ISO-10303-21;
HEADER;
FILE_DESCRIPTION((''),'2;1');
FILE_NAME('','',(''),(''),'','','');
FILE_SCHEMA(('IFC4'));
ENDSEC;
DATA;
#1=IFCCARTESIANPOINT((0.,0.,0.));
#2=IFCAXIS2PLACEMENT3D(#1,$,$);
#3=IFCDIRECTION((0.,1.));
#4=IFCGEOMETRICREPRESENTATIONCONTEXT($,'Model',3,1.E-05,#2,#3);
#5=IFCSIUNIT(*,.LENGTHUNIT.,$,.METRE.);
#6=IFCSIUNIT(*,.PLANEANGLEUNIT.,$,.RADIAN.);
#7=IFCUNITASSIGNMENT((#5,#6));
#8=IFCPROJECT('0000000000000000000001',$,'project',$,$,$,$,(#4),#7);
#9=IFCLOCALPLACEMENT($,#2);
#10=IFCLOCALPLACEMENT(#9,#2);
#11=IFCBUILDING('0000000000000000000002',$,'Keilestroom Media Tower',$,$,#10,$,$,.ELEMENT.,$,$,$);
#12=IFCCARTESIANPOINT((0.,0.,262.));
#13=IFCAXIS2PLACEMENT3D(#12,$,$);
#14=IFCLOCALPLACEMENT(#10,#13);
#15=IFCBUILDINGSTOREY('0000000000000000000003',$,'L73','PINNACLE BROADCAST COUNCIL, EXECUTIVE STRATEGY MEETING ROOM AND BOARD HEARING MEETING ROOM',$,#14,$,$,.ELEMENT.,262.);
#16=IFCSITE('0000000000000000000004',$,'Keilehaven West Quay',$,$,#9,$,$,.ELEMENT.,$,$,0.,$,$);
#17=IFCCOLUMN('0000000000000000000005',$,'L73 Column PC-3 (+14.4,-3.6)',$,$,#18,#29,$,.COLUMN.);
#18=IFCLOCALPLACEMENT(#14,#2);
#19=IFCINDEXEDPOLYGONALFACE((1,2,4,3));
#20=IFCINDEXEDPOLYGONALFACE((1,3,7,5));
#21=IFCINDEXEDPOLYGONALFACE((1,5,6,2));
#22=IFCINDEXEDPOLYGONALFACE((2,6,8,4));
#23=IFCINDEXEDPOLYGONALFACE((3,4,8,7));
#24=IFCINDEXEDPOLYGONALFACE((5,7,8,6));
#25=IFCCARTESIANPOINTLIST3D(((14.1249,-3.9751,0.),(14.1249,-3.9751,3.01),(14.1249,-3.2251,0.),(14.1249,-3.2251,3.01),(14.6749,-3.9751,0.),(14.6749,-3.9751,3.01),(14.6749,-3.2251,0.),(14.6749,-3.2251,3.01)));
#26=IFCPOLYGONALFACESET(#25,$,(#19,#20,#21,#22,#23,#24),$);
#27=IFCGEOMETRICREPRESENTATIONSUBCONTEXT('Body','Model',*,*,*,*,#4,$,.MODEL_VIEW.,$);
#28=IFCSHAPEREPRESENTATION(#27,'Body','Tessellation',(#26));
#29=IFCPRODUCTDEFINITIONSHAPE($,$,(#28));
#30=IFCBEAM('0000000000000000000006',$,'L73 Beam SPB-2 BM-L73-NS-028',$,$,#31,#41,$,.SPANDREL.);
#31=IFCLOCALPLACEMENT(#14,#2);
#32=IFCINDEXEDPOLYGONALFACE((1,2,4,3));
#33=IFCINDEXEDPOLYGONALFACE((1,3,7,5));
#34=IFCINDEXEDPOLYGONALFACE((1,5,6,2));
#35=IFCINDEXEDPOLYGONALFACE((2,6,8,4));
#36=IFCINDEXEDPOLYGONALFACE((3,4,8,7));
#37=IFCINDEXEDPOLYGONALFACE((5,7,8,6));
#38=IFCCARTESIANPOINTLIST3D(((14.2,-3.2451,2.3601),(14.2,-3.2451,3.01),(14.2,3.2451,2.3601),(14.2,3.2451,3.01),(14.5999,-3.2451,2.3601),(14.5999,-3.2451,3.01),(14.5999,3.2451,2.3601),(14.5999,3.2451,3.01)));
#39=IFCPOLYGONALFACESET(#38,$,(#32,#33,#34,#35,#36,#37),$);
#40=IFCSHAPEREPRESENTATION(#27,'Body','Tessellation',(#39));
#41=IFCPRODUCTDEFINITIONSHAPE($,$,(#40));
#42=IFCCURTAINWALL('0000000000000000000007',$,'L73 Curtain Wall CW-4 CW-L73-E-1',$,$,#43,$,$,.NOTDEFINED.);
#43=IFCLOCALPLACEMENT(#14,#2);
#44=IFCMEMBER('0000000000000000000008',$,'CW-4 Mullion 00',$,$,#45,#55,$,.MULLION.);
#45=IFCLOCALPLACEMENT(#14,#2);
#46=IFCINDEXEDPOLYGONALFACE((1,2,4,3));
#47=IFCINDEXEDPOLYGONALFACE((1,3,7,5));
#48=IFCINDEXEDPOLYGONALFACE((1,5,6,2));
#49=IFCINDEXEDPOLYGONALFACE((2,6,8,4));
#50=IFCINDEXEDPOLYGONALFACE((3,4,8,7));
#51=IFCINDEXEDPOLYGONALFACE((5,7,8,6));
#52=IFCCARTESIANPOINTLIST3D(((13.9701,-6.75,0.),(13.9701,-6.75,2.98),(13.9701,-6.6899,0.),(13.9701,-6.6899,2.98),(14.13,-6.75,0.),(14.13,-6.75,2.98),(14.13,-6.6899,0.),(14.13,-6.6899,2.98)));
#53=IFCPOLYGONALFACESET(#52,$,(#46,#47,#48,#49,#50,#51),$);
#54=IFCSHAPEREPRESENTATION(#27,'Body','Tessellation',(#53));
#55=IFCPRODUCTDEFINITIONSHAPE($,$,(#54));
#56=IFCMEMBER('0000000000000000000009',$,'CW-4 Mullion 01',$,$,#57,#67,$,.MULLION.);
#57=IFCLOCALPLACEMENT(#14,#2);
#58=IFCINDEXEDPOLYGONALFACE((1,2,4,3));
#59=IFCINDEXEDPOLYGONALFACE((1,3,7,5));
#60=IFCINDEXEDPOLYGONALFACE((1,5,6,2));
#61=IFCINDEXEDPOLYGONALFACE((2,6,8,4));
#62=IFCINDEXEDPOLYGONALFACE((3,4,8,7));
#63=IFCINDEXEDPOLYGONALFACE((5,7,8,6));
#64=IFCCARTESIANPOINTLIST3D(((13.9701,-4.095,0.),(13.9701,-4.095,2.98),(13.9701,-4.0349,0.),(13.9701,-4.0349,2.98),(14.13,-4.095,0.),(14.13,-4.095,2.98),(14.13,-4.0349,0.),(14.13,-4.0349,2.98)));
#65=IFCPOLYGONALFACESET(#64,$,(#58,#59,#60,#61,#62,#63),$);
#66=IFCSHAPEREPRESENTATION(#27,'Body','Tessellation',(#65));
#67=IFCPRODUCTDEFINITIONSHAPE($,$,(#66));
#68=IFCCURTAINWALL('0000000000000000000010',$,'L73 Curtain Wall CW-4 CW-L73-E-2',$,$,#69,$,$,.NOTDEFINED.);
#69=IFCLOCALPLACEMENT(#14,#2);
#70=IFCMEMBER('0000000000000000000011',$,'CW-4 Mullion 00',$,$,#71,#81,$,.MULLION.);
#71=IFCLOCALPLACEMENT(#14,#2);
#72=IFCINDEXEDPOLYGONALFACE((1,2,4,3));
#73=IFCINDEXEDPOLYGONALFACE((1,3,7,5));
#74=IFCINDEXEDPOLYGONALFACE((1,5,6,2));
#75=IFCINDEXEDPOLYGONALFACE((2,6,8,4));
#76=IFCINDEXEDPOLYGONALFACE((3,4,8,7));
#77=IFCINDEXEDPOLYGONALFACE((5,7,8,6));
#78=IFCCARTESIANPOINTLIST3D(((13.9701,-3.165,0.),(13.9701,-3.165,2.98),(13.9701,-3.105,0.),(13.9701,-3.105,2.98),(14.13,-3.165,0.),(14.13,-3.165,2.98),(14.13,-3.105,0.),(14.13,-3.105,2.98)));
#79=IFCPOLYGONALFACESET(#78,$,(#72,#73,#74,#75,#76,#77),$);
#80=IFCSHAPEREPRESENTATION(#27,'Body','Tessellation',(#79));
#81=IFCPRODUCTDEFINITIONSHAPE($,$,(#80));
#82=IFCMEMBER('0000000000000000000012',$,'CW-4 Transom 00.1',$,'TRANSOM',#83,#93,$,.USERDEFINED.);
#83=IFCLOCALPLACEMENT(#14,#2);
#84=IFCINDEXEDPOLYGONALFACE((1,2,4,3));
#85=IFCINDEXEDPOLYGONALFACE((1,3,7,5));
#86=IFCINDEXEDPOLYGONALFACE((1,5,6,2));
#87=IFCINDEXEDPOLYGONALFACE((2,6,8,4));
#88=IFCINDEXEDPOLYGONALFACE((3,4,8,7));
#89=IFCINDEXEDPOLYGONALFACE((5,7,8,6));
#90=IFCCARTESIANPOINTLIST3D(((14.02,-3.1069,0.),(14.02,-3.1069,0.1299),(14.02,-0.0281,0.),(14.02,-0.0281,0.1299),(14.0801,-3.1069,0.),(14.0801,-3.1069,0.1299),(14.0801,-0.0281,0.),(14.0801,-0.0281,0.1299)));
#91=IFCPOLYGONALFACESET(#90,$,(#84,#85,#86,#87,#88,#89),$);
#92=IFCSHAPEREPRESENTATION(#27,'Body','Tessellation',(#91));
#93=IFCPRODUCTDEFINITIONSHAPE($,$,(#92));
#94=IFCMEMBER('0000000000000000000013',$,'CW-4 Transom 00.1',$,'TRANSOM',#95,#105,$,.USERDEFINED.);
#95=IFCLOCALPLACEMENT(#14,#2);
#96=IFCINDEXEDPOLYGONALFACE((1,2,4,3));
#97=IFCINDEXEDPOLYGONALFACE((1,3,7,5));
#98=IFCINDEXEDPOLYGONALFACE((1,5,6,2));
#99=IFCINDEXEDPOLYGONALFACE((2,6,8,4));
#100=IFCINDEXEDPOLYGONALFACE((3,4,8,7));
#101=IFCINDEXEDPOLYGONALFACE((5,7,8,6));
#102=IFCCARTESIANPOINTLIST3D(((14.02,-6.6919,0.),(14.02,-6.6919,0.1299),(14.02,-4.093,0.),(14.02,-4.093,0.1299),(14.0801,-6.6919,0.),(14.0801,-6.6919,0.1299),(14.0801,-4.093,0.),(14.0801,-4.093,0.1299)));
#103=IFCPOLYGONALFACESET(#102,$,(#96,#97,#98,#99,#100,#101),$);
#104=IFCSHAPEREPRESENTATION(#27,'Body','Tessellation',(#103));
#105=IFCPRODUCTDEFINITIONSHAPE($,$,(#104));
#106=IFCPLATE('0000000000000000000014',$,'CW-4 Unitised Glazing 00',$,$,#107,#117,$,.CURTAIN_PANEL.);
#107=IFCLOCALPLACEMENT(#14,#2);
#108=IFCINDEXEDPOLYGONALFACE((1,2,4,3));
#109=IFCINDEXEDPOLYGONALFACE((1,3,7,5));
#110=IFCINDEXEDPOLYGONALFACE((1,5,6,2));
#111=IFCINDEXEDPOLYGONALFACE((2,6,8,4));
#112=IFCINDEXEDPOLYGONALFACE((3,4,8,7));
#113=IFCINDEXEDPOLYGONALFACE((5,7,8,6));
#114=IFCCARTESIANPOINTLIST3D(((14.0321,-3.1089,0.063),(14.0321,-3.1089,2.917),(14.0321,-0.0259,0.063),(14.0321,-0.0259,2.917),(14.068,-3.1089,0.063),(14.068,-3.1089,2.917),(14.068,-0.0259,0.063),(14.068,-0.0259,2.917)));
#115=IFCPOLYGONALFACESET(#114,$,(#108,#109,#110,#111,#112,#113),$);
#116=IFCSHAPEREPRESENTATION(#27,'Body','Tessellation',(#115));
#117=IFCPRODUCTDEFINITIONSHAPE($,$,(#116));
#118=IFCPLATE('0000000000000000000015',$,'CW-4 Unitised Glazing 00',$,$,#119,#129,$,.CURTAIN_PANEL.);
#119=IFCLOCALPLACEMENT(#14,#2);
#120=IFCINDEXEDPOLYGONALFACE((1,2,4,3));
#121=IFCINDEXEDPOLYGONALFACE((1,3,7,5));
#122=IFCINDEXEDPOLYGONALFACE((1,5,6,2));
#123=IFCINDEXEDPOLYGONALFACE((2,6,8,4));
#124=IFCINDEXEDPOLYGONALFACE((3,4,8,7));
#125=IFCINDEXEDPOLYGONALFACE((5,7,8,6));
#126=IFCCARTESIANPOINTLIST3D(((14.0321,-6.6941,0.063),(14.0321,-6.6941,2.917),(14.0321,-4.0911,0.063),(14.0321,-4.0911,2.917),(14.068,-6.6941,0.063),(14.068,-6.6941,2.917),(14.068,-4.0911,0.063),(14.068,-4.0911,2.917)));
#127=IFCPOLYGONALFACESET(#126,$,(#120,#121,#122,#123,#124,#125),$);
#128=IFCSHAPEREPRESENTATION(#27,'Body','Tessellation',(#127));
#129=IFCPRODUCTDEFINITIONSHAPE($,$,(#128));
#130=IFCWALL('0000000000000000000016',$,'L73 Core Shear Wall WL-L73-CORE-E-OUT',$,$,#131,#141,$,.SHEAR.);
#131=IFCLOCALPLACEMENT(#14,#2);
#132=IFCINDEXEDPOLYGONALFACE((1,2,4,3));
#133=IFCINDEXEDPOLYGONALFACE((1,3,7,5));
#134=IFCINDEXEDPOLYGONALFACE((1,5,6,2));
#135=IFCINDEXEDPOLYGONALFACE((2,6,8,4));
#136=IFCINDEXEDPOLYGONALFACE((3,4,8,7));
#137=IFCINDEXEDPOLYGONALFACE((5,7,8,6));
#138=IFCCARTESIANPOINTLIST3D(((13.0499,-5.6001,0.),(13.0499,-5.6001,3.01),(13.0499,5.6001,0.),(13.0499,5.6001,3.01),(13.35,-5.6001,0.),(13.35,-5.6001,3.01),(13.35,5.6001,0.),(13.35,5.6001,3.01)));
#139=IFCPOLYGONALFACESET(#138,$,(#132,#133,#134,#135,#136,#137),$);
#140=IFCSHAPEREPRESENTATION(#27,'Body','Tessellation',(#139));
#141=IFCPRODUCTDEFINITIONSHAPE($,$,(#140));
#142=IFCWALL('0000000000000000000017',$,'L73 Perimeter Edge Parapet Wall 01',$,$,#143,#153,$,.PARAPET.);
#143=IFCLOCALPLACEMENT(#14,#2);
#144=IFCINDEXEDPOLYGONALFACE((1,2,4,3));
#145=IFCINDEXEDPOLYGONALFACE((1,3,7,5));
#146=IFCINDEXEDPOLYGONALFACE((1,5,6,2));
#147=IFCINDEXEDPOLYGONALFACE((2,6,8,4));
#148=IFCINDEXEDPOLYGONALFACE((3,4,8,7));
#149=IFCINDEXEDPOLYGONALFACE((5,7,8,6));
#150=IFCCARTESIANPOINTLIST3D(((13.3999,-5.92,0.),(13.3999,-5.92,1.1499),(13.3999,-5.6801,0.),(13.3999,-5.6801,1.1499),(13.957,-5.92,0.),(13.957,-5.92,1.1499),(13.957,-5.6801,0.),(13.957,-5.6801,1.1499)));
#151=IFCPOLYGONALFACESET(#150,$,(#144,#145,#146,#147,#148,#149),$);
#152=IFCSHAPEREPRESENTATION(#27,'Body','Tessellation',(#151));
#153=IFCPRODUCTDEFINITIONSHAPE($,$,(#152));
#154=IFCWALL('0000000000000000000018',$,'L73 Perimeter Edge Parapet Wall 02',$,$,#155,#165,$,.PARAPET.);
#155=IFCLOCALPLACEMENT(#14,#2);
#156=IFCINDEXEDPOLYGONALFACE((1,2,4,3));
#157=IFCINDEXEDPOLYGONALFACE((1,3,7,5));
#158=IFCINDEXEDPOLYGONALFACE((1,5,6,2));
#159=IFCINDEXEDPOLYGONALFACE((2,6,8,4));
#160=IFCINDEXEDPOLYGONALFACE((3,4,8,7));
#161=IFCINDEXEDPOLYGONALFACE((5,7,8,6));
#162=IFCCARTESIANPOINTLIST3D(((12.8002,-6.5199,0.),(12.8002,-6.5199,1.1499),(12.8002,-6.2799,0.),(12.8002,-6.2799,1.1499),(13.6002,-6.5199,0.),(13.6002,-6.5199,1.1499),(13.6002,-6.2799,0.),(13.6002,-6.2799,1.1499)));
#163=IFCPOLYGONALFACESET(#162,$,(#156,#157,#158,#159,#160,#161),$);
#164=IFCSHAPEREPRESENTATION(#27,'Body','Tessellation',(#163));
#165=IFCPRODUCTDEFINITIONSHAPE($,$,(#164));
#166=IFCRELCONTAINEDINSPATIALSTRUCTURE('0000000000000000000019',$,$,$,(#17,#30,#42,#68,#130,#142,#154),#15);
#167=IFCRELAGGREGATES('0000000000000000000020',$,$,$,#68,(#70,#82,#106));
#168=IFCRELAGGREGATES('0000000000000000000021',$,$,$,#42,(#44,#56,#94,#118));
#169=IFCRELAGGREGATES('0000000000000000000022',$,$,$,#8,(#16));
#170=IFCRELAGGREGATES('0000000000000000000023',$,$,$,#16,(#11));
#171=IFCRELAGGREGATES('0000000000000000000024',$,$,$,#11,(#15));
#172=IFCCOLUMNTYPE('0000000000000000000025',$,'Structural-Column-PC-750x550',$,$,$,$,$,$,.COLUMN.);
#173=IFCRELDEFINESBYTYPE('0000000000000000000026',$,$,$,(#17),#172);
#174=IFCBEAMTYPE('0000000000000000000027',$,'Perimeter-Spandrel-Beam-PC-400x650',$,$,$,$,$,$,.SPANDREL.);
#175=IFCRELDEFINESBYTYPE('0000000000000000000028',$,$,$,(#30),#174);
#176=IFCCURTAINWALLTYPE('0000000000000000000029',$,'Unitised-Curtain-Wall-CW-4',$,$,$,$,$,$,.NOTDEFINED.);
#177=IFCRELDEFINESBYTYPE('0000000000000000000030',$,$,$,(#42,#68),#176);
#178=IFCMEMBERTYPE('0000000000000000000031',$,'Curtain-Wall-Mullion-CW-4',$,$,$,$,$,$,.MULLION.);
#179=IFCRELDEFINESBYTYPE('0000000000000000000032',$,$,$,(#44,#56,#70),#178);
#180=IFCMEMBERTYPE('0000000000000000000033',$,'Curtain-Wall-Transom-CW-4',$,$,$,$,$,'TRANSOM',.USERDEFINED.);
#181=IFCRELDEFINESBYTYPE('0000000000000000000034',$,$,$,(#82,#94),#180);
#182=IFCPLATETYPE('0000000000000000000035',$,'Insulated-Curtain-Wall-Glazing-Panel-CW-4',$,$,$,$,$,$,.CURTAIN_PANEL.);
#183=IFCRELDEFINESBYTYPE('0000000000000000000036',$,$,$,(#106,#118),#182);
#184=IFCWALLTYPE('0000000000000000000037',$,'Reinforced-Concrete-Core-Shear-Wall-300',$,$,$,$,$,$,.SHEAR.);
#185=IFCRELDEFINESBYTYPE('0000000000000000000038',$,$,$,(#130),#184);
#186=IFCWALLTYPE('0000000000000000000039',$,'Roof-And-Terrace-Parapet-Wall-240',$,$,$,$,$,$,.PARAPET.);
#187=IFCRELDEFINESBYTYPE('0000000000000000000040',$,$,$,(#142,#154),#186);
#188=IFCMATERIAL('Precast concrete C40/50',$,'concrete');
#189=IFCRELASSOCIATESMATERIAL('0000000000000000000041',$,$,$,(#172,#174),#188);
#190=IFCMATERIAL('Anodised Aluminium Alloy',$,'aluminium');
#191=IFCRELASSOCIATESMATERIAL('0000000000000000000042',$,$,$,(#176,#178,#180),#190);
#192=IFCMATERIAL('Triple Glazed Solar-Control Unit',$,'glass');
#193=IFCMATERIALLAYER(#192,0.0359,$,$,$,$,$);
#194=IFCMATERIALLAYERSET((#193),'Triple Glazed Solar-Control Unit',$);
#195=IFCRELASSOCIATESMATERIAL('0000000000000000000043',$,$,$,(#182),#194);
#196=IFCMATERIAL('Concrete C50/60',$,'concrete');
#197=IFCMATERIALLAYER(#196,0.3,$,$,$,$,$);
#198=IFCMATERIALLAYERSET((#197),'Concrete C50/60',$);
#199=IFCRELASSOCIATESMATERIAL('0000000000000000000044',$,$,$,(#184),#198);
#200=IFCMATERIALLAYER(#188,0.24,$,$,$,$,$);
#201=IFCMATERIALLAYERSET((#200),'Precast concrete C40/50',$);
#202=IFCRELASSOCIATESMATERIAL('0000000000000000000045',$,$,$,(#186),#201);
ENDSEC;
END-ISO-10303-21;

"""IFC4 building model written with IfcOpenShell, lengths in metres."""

from ifc_helpers import new_model, si_unit, direction, frame, frame_2d, origin, origin_2d, place, context, subcontext, project, spatial, rectangle, extrude, source, transform, mapped, material, layer, layer_set, material_profile, profile_set, type_object, element, aggregate, save


model = new_model("IFC4")

# Units and contexts
model_context = context("Model", 3, precision=1e-05, world=origin(), true_north=direction((0.0, 1.0)))
body_context = subcontext(model_context, "Body", "Model", "MODEL_VIEW")
ifc_project = project(units=[si_unit("LENGTHUNIT", "METRE"), si_unit("PLANEANGLEUNIT", "RADIAN")], contexts=[model_context])

# Site, building, storey
site_placement = place(None, origin())
site = spatial("IfcSite", under=ifc_project, at=site_placement, Name="Keilehaven West Quay", CompositionType="ELEMENT", RefElevation=0.0)
building_placement = place(site_placement, origin())
building = spatial("IfcBuilding", under=site, at=building_placement, Name="Keilestroom Media Tower", CompositionType="ELEMENT")
storey_placement = place(building_placement, frame((0.0, 0.0, 262.0)))
storey = spatial("IfcBuildingStorey", under=building, at=storey_placement, Name="L73", Description="PINNACLE BROADCAST COUNCIL, EXECUTIVE STRATEGY MEETING ROOM AND BOARD HEARING MEETING ROOM", CompositionType="ELEMENT", Elevation=262.0)

# Column
ifc_material_1 = material(Name="Precast concrete C40/50", Category="concrete")
ifc_material_profile_1 = material_profile(ifc_material_1, rectangle(XDim=0.55, YDim=0.75, at=origin_2d()), Name="PC 750x550")
ifc_profile_set_1 = profile_set([ifc_material_profile_1], Name="Precast concrete C40/50")
column_type = type_object("IfcColumnType", Name="Structural-Column-PC-750x550", PredefinedType="COLUMN", material=ifc_profile_set_1)
shared_shape_1 = source(origin(), body_context, "Body", "SweptSolid", [
    extrude(rectangle(XDim=0.55, YDim=0.75, at=origin_2d()), origin(), (0.0, 0.0, 1.0), 3.01),
])
column_placement = place(storey_placement, frame((14.3999, -3.6001, 0.0), z_axis=(0.0, 0.0, 1.0), x_axis=(1.0, 0.0, 0.0)))
element("IfcColumn", 1, at=column_placement, inside=storey, type_object=column_type, Name="L73 Column PC-3 (+14.4,-3.6)", PredefinedType="COLUMN", context=body_context, shape_type="MappedRepresentation", body=[
    mapped(shared_shape_1, transform((0.0, 0.0, 0.0), x_axis=(1.0, 0.0, 0.0), y_axis=(0.0, 1.0, 0.0), z_axis=(0.0, 0.0, 1.0), scale=1.0)),
])

# Beam
ifc_material_profile_2 = material_profile(ifc_material_1, rectangle(XDim=0.3999, YDim=0.6499, at=origin_2d()), Name="PC 400x650")
ifc_profile_set_2 = profile_set([ifc_material_profile_2], Name="Precast concrete C40/50")
beam_type = type_object("IfcBeamType", Name="Perimeter-Spandrel-Beam-PC-400x650", PredefinedType="SPANDREL", material=ifc_profile_set_2)
shared_shape_2 = source(origin(), body_context, "Body", "SweptSolid", [
    extrude(rectangle(XDim=0.3999, YDim=0.6499, at=origin_2d()), origin(), (0.0, 0.0, 1.0), 6.4902),
])
beam_placement = place(storey_placement, frame((14.3999, -3.2451, 2.6851), z_axis=(0.0, 1.0, 0.0), x_axis=(-1.0, 0.0, 0.0)))
element("IfcBeam", 2, at=beam_placement, inside=storey, type_object=beam_type, Name="L73 Beam SPB-2 BM-L73-NS-028", PredefinedType="SPANDREL", context=body_context, shape_type="MappedRepresentation", body=[
    mapped(shared_shape_2, transform((0.0, 0.0, 0.0), x_axis=(1.0, 0.0, 0.0), y_axis=(0.0, 1.0, 0.0), z_axis=(0.0, 0.0, 1.0), scale=1.0)),
])

# Curtain walls, members
ifc_material_2 = material(Name="Anodised Aluminium Alloy", Category="aluminium")
curtain_wall_type = type_object("IfcCurtainWallType", Name="Unitised-Curtain-Wall-CW-4", PredefinedType="NOTDEFINED", material=ifc_material_2)
curtain_wall_1_placement = place(storey_placement, origin())
curtain_wall_1 = element("IfcCurtainWall", 3, at=curtain_wall_1_placement, inside=storey, type_object=curtain_wall_type, Name="L73 Curtain Wall CW-4 CW-L73-E-1", PredefinedType="NOTDEFINED")
ifc_material_profile_3 = material_profile(ifc_material_2, rectangle(XDim=0.0601, YDim=0.1599, at=origin_2d()), Name="ALU MULLION 60x160")
ifc_profile_set_3 = profile_set([ifc_material_profile_3], Name="Anodised Aluminium Alloy")
member_type_1 = type_object("IfcMemberType", Name="Curtain-Wall-Mullion-CW-4", PredefinedType="MULLION", material=ifc_profile_set_3)
shared_shape_3 = source(origin(), body_context, "Body", "SweptSolid", [
    extrude(rectangle(XDim=0.0601, YDim=0.1599, at=origin_2d()), origin(), (0.0, 0.0, 1.0), 2.98),
])
member_1_placement = place(storey_placement, frame((14.05, -6.72, 0.0), z_axis=(0.0, 0.0, 1.0), x_axis=(0.0, 1.0, 0.0)))
member_1 = element("IfcMember", 4, at=member_1_placement, type_object=member_type_1, Name="CW-4 Mullion 00", PredefinedType="MULLION", context=body_context, shape_type="MappedRepresentation", body=[
    mapped(shared_shape_3, transform((0.0, 0.0, 0.0), x_axis=(1.0, 0.0, 0.0), y_axis=(0.0, 1.0, 0.0), z_axis=(0.0, 0.0, 1.0), scale=1.0)),
])
member_2_placement = place(storey_placement, frame((14.05, -4.0649, 0.0), z_axis=(0.0, 0.0, 1.0), x_axis=(0.0, 1.0, 0.0)))
member_2 = element("IfcMember", 5, at=member_2_placement, type_object=member_type_1, Name="CW-4 Mullion 01", PredefinedType="MULLION", context=body_context, shape_type="MappedRepresentation", body=[
    mapped(shared_shape_3, transform((0.0, 0.0, 0.0), x_axis=(1.0, 0.0, 0.0), y_axis=(0.0, 1.0, 0.0), z_axis=(0.0, 0.0, 1.0), scale=1.0)),
])
curtain_wall_2_placement = place(storey_placement, origin())
curtain_wall_2 = element("IfcCurtainWall", 6, at=curtain_wall_2_placement, inside=storey, type_object=curtain_wall_type, Name="L73 Curtain Wall CW-4 CW-L73-E-2", PredefinedType="NOTDEFINED")
member_3_placement = place(storey_placement, frame((14.05, -3.135, 0.0), z_axis=(0.0, 0.0, 1.0), x_axis=(0.0, 1.0, 0.0)))
member_3 = element("IfcMember", 7, at=member_3_placement, type_object=member_type_1, Name="CW-4 Mullion 00", PredefinedType="MULLION", context=body_context, shape_type="MappedRepresentation", body=[
    mapped(shared_shape_3, transform((0.0, 0.0, 0.0), x_axis=(1.0, 0.0, 0.0), y_axis=(0.0, 1.0, 0.0), z_axis=(0.0, 0.0, 1.0), scale=1.0)),
])
ifc_material_profile_4 = material_profile(ifc_material_2, rectangle(XDim=0.0601, YDim=0.1299, at=origin_2d()), Name="ALU TRANSOM 60x130")
ifc_profile_set_4 = profile_set([ifc_material_profile_4], Name="Anodised Aluminium Alloy")
member_type_2 = type_object("IfcMemberType", Name="Curtain-Wall-Transom-CW-4", ElementType="TRANSOM", PredefinedType="USERDEFINED", material=ifc_profile_set_4)
shared_shape_4 = source(origin(), body_context, "Body", "SweptSolid", [
    extrude(rectangle(XDim=0.0601, YDim=0.1299, at=origin_2d()), origin(), (0.0, 0.0, 1.0), 3.0789),
])
member_4_placement = place(storey_placement, frame((14.05, -3.1069, 0.0649), z_axis=(0.0, 1.0, 0.0), x_axis=(-1.0, 0.0, 0.0)))
member_4 = element("IfcMember", 8, at=member_4_placement, type_object=member_type_2, Name="CW-4 Transom 00.1", ObjectType="TRANSOM", PredefinedType="USERDEFINED", context=body_context, shape_type="MappedRepresentation", body=[
    mapped(shared_shape_4, transform((0.0, 0.0, 0.0), x_axis=(1.0, 0.0, 0.0), y_axis=(0.0, 1.0, 0.0), z_axis=(0.0, 0.0, 1.0), scale=1.0)),
])

# Member
shared_shape_5 = source(origin(), body_context, "Body", "SweptSolid", [
    extrude(rectangle(XDim=0.0601, YDim=0.1299, at=origin_2d()), origin(), (0.0, 0.0, 1.0), 2.5989),
])
member_5_placement = place(storey_placement, frame((14.05, -6.6919, 0.0649), z_axis=(0.0, 1.0, 0.0), x_axis=(-1.0, 0.0, 0.0)))
member_5 = element("IfcMember", 9, at=member_5_placement, type_object=member_type_2, Name="CW-4 Transom 00.1", ObjectType="TRANSOM", PredefinedType="USERDEFINED", context=body_context, shape_type="MappedRepresentation", body=[
    mapped(shared_shape_5, transform((0.0, 0.0, 0.0), x_axis=(1.0, 0.0, 0.0), y_axis=(0.0, 1.0, 0.0), z_axis=(0.0, 0.0, 1.0), scale=1.0)),
])

# Plates
ifc_material_3 = material(Name="Triple Glazed Solar-Control Unit", Category="glass")
ifc_layer_1 = layer(ifc_material_3, 0.0359)
ifc_layer_set_1 = layer_set([ifc_layer_1], Name="Triple Glazed Solar-Control Unit")
plate_type = type_object("IfcPlateType", Name="Insulated-Curtain-Wall-Glazing-Panel-CW-4", PredefinedType="CURTAIN_PANEL", material=ifc_layer_set_1)
shared_shape_6 = source(origin(), body_context, "Body", "SweptSolid", [
    extrude(rectangle(XDim=3.083, YDim=0.0359, at=origin_2d()), origin(), (0.0, 0.0, 1.0), 2.854),
])
plate_1_placement = place(storey_placement, frame((14.05, -1.5674, 0.063), z_axis=(0.0, 0.0, 1.0), x_axis=(0.0, 1.0, 0.0)))
plate_1 = element("IfcPlate", 10, at=plate_1_placement, type_object=plate_type, Name="CW-4 Unitised Glazing 00", PredefinedType="CURTAIN_PANEL", context=body_context, shape_type="MappedRepresentation", body=[
    mapped(shared_shape_6, transform((0.0, 0.0, 0.0), x_axis=(1.0, 0.0, 0.0), y_axis=(0.0, 1.0, 0.0), z_axis=(0.0, 0.0, 1.0), scale=1.0)),
])
aggregate(curtain_wall_2, [member_3, member_4, plate_1])
shared_shape_7 = source(origin(), body_context, "Body", "SweptSolid", [
    extrude(rectangle(XDim=2.603, YDim=0.0359, at=origin_2d()), origin(), (0.0, 0.0, 1.0), 2.854),
])
plate_2_placement = place(storey_placement, frame((14.05, -5.3926, 0.063), z_axis=(0.0, 0.0, 1.0), x_axis=(0.0, 1.0, 0.0)))
plate_2 = element("IfcPlate", 11, at=plate_2_placement, type_object=plate_type, Name="CW-4 Unitised Glazing 00", PredefinedType="CURTAIN_PANEL", context=body_context, shape_type="MappedRepresentation", body=[
    mapped(shared_shape_7, transform((0.0, 0.0, 0.0), x_axis=(1.0, 0.0, 0.0), y_axis=(0.0, 1.0, 0.0), z_axis=(0.0, 0.0, 1.0), scale=1.0)),
])
aggregate(curtain_wall_1, [member_1, member_2, member_5, plate_2])

# Walls
ifc_material_4 = material(Name="Concrete C50/60", Category="concrete")
ifc_layer_2 = layer(ifc_material_4, 0.3)
ifc_layer_set_2 = layer_set([ifc_layer_2], Name="Concrete C50/60")
wall_type_1 = type_object("IfcWallType", Name="Reinforced-Concrete-Core-Shear-Wall-300", PredefinedType="SHEAR", material=ifc_layer_set_2)
wall_1_placement = place(storey_placement, frame((13.2, -5.6001, 0.0), z_axis=(0.0, 0.0, 1.0), x_axis=(0.0, 1.0, 0.0)))
element("IfcWall", 12, at=wall_1_placement, inside=storey, type_object=wall_type_1, Name="L73 Core Shear Wall WL-L73-CORE-E-OUT", PredefinedType="SHEAR", context=body_context, shape_type="SweptSolid", body=[
    extrude(rectangle(XDim=11.2002, YDim=0.3, at=frame_2d((5.6001, 0.0))), origin(), (0.0, 0.0, 1.0), 3.01),
])
ifc_layer_3 = layer(ifc_material_1, 0.24)
ifc_layer_set_3 = layer_set([ifc_layer_3], Name="Precast concrete C40/50")
wall_type_2 = type_object("IfcWallType", Name="Roof-And-Terrace-Parapet-Wall-240", PredefinedType="PARAPET", material=ifc_layer_set_3)
wall_2_placement = place(storey_placement, frame((13.957, -5.8, 0.0), z_axis=(0.0, 0.0, 1.0), x_axis=(-1.0, 0.0, 0.0)))
element("IfcWall", 13, at=wall_2_placement, inside=storey, type_object=wall_type_2, Name="L73 Perimeter Edge Parapet Wall 01", PredefinedType="PARAPET", context=body_context, shape_type="SweptSolid", body=[
    extrude(rectangle(XDim=0.5571, YDim=0.24, at=frame_2d((0.2786, 0.0))), origin(), (0.0, 0.0, 1.0), 1.1499),
])
wall_3_placement = place(storey_placement, frame((13.6001, -6.3999, 0.0), z_axis=(0.0, 0.0, 1.0), x_axis=(-1.0, 0.0, 0.0)))
element("IfcWall", 14, at=wall_3_placement, inside=storey, type_object=wall_type_2, Name="L73 Perimeter Edge Parapet Wall 02", PredefinedType="PARAPET", context=body_context, shape_type="SweptSolid", body=[
    extrude(rectangle(XDim=0.8, YDim=0.24, at=frame_2d((0.3999, 0.0))), origin(), (0.0, 0.0, 1.0), 1.1499),
])

save(model, "model.ifc")
